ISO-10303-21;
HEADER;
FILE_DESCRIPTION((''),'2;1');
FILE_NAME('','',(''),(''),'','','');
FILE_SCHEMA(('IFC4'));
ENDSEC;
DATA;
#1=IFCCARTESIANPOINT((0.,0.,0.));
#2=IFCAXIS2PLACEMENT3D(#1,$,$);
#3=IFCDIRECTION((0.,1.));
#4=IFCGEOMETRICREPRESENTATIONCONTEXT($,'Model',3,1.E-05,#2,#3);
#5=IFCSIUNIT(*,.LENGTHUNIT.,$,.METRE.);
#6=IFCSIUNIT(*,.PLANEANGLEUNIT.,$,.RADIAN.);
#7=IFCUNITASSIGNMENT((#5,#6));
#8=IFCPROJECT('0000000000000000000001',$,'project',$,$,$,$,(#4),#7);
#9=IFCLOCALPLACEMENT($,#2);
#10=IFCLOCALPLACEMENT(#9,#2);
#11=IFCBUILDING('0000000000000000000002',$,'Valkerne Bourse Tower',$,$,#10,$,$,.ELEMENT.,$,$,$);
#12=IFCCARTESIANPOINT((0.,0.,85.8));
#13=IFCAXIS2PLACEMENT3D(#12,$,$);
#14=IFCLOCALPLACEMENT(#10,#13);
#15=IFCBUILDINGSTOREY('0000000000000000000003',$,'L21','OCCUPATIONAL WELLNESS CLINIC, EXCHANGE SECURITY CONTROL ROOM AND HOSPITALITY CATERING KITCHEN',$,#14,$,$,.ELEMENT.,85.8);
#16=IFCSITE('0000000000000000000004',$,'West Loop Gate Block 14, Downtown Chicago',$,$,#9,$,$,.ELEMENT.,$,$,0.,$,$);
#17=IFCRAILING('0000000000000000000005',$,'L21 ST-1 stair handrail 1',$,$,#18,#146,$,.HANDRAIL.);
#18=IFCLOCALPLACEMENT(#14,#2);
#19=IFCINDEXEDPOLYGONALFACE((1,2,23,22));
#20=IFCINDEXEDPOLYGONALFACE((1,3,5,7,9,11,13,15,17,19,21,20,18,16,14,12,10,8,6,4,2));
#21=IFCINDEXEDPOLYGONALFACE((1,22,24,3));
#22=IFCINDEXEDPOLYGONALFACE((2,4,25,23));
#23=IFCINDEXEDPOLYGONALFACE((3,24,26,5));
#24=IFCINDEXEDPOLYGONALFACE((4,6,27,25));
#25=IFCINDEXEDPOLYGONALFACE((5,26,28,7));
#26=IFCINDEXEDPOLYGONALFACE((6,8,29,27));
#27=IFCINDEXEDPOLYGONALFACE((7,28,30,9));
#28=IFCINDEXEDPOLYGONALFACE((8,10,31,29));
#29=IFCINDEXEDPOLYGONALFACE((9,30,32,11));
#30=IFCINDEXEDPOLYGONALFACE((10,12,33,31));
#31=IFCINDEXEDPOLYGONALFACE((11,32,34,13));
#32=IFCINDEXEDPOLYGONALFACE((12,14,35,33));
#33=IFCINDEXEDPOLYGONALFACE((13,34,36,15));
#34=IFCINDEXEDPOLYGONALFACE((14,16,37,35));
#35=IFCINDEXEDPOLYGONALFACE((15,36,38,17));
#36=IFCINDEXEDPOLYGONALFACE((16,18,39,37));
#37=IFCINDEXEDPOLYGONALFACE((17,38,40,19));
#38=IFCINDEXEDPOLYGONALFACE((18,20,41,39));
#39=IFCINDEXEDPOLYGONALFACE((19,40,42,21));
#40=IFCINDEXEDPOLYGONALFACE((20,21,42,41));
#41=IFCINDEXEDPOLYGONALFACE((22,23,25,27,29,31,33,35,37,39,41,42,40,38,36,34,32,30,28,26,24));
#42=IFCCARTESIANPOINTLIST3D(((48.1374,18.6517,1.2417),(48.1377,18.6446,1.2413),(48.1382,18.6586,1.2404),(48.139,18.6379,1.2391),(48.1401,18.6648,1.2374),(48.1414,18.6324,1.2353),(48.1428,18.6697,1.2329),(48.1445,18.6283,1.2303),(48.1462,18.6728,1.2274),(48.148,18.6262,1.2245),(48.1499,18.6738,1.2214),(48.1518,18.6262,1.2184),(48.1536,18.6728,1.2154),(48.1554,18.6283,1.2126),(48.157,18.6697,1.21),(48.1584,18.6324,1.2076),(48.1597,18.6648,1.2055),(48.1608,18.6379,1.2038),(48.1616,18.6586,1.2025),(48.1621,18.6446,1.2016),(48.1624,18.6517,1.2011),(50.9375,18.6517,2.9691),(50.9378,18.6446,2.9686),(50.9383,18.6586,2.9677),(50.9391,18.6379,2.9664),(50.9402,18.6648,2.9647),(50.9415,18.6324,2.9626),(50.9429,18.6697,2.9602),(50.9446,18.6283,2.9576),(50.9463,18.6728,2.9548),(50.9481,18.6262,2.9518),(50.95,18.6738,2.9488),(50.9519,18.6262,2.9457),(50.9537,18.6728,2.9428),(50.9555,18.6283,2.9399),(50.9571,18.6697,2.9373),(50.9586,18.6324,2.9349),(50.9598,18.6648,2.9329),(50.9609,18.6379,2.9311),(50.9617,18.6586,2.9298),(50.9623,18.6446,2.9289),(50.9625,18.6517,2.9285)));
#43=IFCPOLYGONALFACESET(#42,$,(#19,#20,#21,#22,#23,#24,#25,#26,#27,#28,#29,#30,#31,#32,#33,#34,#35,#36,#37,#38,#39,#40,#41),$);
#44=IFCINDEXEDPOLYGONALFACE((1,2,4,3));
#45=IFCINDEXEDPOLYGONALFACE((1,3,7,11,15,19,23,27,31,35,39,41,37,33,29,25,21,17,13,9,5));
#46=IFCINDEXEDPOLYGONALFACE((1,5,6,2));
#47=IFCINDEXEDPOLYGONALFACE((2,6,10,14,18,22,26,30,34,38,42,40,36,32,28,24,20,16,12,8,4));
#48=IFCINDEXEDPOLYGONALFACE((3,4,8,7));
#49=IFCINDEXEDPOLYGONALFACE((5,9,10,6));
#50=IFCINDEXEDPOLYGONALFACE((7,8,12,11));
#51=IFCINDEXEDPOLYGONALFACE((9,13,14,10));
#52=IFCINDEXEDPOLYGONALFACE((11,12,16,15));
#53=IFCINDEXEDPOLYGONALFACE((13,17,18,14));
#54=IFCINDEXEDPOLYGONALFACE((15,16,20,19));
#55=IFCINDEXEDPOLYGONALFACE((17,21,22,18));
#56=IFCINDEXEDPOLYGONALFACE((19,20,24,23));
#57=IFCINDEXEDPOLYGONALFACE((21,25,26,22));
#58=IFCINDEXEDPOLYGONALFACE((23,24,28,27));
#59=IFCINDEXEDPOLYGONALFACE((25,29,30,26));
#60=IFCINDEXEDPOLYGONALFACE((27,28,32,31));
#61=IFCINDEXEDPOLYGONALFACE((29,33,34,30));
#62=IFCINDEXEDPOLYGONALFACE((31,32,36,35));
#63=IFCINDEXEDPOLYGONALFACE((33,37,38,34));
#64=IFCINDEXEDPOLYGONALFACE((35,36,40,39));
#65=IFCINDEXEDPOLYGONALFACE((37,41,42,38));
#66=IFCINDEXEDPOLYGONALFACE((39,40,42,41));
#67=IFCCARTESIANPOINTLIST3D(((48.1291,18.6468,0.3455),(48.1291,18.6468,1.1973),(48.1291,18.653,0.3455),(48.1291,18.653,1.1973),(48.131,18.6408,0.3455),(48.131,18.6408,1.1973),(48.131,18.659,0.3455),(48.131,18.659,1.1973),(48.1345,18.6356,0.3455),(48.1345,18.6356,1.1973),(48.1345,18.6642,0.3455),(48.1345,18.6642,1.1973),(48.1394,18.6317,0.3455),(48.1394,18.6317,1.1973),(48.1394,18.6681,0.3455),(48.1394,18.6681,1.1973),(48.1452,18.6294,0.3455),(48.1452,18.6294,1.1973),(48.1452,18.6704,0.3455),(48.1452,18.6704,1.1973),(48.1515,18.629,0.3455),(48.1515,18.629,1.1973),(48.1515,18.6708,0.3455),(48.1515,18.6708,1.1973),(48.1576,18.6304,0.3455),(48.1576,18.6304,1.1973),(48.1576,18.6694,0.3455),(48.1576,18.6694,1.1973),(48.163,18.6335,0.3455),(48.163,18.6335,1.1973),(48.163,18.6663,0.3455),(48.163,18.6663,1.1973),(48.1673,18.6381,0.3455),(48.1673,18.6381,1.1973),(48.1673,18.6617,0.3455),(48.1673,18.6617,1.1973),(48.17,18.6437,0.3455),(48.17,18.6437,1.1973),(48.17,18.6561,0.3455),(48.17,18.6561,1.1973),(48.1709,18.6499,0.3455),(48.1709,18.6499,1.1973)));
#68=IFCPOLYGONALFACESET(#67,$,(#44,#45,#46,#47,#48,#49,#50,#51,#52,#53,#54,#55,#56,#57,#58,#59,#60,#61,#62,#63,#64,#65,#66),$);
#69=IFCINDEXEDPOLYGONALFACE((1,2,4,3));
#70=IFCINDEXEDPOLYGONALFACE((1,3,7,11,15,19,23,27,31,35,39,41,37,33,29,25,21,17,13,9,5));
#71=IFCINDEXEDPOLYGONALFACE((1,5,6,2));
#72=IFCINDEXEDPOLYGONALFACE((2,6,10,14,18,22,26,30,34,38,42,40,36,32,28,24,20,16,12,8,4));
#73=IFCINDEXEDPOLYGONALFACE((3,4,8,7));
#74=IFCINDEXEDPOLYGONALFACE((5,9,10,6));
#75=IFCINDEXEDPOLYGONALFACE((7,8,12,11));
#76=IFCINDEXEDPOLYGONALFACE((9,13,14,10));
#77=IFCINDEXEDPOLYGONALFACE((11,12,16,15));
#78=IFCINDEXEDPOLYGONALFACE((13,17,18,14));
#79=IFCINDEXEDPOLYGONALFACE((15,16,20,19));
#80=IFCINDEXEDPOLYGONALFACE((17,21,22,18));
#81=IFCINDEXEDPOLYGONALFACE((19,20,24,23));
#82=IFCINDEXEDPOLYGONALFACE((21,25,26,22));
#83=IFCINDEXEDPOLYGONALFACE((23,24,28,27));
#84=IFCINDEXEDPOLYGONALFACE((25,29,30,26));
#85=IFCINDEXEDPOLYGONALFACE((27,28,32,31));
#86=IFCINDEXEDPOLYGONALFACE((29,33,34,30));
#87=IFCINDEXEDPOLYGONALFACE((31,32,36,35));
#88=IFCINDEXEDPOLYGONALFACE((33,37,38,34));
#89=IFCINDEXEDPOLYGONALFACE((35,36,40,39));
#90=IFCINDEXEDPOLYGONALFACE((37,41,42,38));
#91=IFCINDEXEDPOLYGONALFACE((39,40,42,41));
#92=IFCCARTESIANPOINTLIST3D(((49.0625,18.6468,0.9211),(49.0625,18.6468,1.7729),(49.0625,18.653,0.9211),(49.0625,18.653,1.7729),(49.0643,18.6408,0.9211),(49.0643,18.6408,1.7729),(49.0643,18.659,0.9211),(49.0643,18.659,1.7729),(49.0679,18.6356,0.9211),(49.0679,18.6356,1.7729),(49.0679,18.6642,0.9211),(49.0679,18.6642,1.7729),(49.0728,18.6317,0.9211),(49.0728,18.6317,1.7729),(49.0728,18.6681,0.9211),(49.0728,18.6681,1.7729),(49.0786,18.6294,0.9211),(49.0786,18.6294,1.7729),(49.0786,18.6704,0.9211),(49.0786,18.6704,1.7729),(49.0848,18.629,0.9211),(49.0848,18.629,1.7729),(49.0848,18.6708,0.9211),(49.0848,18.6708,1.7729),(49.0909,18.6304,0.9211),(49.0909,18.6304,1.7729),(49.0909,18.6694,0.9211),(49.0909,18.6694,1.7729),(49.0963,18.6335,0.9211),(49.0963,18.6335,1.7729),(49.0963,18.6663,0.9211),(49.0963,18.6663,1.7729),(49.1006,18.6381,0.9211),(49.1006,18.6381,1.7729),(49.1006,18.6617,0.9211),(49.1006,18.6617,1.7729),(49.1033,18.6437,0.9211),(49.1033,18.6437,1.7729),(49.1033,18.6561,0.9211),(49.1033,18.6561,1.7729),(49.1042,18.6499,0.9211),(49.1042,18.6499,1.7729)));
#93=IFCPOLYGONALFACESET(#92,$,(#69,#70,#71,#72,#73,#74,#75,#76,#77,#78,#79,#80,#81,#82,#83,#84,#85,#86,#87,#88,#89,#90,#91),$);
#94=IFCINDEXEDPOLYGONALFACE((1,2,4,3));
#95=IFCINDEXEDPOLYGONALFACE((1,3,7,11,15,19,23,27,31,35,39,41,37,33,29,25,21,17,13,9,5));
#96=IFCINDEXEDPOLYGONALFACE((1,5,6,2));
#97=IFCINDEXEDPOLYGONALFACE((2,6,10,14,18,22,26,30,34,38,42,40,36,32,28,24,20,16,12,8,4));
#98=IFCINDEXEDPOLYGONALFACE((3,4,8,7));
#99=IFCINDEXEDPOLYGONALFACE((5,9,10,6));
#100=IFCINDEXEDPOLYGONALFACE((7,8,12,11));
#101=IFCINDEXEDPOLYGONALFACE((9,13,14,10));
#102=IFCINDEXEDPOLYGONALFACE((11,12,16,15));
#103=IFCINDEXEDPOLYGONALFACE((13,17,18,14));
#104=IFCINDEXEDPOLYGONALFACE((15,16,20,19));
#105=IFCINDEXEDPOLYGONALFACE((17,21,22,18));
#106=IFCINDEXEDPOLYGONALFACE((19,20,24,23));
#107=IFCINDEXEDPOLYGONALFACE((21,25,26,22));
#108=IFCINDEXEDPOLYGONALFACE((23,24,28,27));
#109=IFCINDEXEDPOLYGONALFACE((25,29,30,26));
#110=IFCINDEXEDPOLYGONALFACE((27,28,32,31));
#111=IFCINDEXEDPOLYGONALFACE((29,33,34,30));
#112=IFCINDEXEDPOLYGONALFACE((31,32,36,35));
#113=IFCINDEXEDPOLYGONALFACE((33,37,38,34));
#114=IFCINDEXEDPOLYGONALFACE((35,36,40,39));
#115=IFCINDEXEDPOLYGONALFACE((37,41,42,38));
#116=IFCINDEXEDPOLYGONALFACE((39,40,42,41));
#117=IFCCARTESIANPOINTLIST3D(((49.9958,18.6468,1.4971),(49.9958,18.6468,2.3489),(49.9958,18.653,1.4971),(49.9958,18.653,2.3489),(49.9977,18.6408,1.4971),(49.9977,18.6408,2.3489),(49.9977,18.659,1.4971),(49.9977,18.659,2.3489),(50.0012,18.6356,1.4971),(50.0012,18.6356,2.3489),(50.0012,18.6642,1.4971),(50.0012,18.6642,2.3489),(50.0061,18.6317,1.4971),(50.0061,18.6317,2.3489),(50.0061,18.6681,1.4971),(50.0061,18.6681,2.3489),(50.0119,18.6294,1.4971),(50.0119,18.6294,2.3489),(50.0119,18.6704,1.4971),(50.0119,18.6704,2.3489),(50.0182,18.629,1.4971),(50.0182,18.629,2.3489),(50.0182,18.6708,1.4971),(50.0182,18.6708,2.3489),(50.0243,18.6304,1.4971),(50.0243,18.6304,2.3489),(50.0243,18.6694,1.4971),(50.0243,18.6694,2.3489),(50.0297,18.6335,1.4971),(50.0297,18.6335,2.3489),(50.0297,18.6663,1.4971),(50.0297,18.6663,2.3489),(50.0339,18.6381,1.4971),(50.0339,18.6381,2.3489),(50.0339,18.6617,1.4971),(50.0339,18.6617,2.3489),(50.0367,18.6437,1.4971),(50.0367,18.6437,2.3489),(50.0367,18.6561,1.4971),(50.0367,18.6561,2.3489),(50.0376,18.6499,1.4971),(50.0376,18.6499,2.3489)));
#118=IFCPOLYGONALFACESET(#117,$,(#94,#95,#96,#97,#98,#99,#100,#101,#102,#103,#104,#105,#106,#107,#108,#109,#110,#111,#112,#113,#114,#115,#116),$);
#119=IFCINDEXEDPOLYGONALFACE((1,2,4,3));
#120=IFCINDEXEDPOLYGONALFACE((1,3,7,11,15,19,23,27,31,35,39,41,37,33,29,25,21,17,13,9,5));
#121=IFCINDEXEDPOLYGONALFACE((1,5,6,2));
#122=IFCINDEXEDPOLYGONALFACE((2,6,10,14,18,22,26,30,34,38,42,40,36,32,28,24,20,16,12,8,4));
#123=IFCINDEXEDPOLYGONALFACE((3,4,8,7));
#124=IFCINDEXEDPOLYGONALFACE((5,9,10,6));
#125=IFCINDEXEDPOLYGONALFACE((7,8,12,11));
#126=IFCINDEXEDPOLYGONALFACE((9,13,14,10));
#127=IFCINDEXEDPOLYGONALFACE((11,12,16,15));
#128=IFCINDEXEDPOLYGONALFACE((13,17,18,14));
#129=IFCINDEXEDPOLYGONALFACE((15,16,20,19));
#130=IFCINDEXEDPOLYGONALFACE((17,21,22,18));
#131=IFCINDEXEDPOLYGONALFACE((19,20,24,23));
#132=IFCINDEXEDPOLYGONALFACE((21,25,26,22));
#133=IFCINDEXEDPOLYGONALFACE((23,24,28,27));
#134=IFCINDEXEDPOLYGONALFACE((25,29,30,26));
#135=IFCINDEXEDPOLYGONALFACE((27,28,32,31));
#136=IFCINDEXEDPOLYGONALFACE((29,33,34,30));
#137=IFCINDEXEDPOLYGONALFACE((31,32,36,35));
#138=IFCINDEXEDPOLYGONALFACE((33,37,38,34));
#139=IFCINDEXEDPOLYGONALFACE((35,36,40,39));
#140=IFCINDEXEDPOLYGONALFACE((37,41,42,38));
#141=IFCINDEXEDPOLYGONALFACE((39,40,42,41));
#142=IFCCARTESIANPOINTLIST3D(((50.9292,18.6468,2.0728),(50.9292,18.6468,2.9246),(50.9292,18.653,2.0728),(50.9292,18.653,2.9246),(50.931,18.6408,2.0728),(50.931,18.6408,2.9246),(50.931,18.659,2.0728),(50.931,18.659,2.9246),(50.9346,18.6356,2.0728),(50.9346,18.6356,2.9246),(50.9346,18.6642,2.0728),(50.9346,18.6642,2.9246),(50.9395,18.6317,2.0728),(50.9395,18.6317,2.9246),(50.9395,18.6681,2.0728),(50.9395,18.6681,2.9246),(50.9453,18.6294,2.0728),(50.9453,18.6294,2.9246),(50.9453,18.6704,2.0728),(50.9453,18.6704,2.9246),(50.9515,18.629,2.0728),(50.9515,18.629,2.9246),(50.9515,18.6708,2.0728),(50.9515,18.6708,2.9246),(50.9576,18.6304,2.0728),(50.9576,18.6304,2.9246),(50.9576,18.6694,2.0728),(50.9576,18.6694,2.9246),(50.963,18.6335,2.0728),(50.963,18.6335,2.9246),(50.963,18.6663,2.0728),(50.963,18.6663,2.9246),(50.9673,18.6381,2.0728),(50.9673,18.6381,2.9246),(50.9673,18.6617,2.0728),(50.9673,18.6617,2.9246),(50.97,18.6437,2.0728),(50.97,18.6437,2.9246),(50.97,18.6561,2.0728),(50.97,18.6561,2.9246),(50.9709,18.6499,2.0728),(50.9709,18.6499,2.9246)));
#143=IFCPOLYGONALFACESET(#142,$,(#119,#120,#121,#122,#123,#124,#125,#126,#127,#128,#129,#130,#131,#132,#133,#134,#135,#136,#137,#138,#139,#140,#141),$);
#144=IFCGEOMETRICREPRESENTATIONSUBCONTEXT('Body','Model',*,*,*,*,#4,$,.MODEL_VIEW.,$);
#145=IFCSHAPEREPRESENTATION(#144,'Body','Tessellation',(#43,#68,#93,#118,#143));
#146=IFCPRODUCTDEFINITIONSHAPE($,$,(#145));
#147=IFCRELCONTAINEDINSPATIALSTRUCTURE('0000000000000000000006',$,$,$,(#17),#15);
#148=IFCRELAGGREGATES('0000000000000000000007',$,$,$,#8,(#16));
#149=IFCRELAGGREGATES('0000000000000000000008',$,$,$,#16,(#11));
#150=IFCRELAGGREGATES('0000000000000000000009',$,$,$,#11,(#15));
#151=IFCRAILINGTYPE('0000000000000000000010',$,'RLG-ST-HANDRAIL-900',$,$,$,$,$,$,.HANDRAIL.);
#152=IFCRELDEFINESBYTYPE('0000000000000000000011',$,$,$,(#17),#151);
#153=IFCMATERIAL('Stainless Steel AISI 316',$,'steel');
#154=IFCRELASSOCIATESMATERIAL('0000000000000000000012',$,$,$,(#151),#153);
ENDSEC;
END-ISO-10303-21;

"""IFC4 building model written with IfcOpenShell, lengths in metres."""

from ifc_helpers import new_model, si_unit, direction, frame, origin, origin_2d, place, context, subcontext, project, spatial, circle, extrude, material, type_object, element, save


model = new_model("IFC4")

# Units and contexts
model_context = context("Model", 3, precision=1e-05, world=origin(), true_north=direction((0.0, 1.0)))
body_context = subcontext(model_context, "Body", "Model", "MODEL_VIEW")
ifc_project = project(units=[si_unit("LENGTHUNIT", "METRE"), si_unit("PLANEANGLEUNIT", "RADIAN")], contexts=[model_context])

# Site, building, storey
site_placement = place(None, origin())
site = spatial("IfcSite", under=ifc_project, at=site_placement, Name="West Loop Gate Block 14, Downtown Chicago", CompositionType="ELEMENT", RefElevation=0.0)
building_placement = place(site_placement, origin())
building = spatial("IfcBuilding", under=site, at=building_placement, Name="Valkerne Bourse Tower", CompositionType="ELEMENT")
storey_placement = place(building_placement, frame((0.0, 0.0, 85.8)))
storey = spatial("IfcBuildingStorey", under=building, at=storey_placement, Name="L21", Description="OCCUPATIONAL WELLNESS CLINIC, EXCHANGE SECURITY CONTROL ROOM AND HOSPITALITY CATERING KITCHEN", CompositionType="ELEMENT", Elevation=85.8)

# Shared definitions
ifc_material_1 = material(Name="Stainless Steel AISI 316", Category="steel")

# Railing
railing_type_1 = type_object("IfcRailingType", Name="RLG-ST-HANDRAIL-900", PredefinedType="HANDRAIL", material=ifc_material_1)
railing_1_placement = place(storey_placement, frame((48.1499, 18.6499, 0.3455)))
element("IfcRailing", 1, at=railing_1_placement, inside=storey, type_object=railing_type_1, Name="L21 ST-1 stair handrail 1", PredefinedType="HANDRAIL", context=body_context, shape_type="SweptSolid", body=[
    extrude(circle(Radius=0.0239, at=origin_2d()), frame((0.0, 0.0, 0.876), z_axis=(0.85109, 0.0, 0.52502), x_axis=(0.0, 1.0, 0.0)), (0.0, 0.0, 1.0), 3.29),
    extrude(circle(Radius=0.021, at=origin_2d()), origin(), (0.0, 0.0, 1.0), 0.8518),
    extrude(circle(Radius=0.021, at=origin_2d()), frame((0.9333, 0.0, 0.5757)), (0.0, 0.0, 1.0), 0.8518),
    extrude(circle(Radius=0.021, at=origin_2d()), frame((1.8667, 0.0, 1.1516)), (0.0, 0.0, 1.0), 0.8518),
    extrude(circle(Radius=0.021, at=origin_2d()), frame((2.8, 0.0, 1.7273)), (0.0, 0.0, 1.0), 0.8518),
])

save(model, "model.ifc")
